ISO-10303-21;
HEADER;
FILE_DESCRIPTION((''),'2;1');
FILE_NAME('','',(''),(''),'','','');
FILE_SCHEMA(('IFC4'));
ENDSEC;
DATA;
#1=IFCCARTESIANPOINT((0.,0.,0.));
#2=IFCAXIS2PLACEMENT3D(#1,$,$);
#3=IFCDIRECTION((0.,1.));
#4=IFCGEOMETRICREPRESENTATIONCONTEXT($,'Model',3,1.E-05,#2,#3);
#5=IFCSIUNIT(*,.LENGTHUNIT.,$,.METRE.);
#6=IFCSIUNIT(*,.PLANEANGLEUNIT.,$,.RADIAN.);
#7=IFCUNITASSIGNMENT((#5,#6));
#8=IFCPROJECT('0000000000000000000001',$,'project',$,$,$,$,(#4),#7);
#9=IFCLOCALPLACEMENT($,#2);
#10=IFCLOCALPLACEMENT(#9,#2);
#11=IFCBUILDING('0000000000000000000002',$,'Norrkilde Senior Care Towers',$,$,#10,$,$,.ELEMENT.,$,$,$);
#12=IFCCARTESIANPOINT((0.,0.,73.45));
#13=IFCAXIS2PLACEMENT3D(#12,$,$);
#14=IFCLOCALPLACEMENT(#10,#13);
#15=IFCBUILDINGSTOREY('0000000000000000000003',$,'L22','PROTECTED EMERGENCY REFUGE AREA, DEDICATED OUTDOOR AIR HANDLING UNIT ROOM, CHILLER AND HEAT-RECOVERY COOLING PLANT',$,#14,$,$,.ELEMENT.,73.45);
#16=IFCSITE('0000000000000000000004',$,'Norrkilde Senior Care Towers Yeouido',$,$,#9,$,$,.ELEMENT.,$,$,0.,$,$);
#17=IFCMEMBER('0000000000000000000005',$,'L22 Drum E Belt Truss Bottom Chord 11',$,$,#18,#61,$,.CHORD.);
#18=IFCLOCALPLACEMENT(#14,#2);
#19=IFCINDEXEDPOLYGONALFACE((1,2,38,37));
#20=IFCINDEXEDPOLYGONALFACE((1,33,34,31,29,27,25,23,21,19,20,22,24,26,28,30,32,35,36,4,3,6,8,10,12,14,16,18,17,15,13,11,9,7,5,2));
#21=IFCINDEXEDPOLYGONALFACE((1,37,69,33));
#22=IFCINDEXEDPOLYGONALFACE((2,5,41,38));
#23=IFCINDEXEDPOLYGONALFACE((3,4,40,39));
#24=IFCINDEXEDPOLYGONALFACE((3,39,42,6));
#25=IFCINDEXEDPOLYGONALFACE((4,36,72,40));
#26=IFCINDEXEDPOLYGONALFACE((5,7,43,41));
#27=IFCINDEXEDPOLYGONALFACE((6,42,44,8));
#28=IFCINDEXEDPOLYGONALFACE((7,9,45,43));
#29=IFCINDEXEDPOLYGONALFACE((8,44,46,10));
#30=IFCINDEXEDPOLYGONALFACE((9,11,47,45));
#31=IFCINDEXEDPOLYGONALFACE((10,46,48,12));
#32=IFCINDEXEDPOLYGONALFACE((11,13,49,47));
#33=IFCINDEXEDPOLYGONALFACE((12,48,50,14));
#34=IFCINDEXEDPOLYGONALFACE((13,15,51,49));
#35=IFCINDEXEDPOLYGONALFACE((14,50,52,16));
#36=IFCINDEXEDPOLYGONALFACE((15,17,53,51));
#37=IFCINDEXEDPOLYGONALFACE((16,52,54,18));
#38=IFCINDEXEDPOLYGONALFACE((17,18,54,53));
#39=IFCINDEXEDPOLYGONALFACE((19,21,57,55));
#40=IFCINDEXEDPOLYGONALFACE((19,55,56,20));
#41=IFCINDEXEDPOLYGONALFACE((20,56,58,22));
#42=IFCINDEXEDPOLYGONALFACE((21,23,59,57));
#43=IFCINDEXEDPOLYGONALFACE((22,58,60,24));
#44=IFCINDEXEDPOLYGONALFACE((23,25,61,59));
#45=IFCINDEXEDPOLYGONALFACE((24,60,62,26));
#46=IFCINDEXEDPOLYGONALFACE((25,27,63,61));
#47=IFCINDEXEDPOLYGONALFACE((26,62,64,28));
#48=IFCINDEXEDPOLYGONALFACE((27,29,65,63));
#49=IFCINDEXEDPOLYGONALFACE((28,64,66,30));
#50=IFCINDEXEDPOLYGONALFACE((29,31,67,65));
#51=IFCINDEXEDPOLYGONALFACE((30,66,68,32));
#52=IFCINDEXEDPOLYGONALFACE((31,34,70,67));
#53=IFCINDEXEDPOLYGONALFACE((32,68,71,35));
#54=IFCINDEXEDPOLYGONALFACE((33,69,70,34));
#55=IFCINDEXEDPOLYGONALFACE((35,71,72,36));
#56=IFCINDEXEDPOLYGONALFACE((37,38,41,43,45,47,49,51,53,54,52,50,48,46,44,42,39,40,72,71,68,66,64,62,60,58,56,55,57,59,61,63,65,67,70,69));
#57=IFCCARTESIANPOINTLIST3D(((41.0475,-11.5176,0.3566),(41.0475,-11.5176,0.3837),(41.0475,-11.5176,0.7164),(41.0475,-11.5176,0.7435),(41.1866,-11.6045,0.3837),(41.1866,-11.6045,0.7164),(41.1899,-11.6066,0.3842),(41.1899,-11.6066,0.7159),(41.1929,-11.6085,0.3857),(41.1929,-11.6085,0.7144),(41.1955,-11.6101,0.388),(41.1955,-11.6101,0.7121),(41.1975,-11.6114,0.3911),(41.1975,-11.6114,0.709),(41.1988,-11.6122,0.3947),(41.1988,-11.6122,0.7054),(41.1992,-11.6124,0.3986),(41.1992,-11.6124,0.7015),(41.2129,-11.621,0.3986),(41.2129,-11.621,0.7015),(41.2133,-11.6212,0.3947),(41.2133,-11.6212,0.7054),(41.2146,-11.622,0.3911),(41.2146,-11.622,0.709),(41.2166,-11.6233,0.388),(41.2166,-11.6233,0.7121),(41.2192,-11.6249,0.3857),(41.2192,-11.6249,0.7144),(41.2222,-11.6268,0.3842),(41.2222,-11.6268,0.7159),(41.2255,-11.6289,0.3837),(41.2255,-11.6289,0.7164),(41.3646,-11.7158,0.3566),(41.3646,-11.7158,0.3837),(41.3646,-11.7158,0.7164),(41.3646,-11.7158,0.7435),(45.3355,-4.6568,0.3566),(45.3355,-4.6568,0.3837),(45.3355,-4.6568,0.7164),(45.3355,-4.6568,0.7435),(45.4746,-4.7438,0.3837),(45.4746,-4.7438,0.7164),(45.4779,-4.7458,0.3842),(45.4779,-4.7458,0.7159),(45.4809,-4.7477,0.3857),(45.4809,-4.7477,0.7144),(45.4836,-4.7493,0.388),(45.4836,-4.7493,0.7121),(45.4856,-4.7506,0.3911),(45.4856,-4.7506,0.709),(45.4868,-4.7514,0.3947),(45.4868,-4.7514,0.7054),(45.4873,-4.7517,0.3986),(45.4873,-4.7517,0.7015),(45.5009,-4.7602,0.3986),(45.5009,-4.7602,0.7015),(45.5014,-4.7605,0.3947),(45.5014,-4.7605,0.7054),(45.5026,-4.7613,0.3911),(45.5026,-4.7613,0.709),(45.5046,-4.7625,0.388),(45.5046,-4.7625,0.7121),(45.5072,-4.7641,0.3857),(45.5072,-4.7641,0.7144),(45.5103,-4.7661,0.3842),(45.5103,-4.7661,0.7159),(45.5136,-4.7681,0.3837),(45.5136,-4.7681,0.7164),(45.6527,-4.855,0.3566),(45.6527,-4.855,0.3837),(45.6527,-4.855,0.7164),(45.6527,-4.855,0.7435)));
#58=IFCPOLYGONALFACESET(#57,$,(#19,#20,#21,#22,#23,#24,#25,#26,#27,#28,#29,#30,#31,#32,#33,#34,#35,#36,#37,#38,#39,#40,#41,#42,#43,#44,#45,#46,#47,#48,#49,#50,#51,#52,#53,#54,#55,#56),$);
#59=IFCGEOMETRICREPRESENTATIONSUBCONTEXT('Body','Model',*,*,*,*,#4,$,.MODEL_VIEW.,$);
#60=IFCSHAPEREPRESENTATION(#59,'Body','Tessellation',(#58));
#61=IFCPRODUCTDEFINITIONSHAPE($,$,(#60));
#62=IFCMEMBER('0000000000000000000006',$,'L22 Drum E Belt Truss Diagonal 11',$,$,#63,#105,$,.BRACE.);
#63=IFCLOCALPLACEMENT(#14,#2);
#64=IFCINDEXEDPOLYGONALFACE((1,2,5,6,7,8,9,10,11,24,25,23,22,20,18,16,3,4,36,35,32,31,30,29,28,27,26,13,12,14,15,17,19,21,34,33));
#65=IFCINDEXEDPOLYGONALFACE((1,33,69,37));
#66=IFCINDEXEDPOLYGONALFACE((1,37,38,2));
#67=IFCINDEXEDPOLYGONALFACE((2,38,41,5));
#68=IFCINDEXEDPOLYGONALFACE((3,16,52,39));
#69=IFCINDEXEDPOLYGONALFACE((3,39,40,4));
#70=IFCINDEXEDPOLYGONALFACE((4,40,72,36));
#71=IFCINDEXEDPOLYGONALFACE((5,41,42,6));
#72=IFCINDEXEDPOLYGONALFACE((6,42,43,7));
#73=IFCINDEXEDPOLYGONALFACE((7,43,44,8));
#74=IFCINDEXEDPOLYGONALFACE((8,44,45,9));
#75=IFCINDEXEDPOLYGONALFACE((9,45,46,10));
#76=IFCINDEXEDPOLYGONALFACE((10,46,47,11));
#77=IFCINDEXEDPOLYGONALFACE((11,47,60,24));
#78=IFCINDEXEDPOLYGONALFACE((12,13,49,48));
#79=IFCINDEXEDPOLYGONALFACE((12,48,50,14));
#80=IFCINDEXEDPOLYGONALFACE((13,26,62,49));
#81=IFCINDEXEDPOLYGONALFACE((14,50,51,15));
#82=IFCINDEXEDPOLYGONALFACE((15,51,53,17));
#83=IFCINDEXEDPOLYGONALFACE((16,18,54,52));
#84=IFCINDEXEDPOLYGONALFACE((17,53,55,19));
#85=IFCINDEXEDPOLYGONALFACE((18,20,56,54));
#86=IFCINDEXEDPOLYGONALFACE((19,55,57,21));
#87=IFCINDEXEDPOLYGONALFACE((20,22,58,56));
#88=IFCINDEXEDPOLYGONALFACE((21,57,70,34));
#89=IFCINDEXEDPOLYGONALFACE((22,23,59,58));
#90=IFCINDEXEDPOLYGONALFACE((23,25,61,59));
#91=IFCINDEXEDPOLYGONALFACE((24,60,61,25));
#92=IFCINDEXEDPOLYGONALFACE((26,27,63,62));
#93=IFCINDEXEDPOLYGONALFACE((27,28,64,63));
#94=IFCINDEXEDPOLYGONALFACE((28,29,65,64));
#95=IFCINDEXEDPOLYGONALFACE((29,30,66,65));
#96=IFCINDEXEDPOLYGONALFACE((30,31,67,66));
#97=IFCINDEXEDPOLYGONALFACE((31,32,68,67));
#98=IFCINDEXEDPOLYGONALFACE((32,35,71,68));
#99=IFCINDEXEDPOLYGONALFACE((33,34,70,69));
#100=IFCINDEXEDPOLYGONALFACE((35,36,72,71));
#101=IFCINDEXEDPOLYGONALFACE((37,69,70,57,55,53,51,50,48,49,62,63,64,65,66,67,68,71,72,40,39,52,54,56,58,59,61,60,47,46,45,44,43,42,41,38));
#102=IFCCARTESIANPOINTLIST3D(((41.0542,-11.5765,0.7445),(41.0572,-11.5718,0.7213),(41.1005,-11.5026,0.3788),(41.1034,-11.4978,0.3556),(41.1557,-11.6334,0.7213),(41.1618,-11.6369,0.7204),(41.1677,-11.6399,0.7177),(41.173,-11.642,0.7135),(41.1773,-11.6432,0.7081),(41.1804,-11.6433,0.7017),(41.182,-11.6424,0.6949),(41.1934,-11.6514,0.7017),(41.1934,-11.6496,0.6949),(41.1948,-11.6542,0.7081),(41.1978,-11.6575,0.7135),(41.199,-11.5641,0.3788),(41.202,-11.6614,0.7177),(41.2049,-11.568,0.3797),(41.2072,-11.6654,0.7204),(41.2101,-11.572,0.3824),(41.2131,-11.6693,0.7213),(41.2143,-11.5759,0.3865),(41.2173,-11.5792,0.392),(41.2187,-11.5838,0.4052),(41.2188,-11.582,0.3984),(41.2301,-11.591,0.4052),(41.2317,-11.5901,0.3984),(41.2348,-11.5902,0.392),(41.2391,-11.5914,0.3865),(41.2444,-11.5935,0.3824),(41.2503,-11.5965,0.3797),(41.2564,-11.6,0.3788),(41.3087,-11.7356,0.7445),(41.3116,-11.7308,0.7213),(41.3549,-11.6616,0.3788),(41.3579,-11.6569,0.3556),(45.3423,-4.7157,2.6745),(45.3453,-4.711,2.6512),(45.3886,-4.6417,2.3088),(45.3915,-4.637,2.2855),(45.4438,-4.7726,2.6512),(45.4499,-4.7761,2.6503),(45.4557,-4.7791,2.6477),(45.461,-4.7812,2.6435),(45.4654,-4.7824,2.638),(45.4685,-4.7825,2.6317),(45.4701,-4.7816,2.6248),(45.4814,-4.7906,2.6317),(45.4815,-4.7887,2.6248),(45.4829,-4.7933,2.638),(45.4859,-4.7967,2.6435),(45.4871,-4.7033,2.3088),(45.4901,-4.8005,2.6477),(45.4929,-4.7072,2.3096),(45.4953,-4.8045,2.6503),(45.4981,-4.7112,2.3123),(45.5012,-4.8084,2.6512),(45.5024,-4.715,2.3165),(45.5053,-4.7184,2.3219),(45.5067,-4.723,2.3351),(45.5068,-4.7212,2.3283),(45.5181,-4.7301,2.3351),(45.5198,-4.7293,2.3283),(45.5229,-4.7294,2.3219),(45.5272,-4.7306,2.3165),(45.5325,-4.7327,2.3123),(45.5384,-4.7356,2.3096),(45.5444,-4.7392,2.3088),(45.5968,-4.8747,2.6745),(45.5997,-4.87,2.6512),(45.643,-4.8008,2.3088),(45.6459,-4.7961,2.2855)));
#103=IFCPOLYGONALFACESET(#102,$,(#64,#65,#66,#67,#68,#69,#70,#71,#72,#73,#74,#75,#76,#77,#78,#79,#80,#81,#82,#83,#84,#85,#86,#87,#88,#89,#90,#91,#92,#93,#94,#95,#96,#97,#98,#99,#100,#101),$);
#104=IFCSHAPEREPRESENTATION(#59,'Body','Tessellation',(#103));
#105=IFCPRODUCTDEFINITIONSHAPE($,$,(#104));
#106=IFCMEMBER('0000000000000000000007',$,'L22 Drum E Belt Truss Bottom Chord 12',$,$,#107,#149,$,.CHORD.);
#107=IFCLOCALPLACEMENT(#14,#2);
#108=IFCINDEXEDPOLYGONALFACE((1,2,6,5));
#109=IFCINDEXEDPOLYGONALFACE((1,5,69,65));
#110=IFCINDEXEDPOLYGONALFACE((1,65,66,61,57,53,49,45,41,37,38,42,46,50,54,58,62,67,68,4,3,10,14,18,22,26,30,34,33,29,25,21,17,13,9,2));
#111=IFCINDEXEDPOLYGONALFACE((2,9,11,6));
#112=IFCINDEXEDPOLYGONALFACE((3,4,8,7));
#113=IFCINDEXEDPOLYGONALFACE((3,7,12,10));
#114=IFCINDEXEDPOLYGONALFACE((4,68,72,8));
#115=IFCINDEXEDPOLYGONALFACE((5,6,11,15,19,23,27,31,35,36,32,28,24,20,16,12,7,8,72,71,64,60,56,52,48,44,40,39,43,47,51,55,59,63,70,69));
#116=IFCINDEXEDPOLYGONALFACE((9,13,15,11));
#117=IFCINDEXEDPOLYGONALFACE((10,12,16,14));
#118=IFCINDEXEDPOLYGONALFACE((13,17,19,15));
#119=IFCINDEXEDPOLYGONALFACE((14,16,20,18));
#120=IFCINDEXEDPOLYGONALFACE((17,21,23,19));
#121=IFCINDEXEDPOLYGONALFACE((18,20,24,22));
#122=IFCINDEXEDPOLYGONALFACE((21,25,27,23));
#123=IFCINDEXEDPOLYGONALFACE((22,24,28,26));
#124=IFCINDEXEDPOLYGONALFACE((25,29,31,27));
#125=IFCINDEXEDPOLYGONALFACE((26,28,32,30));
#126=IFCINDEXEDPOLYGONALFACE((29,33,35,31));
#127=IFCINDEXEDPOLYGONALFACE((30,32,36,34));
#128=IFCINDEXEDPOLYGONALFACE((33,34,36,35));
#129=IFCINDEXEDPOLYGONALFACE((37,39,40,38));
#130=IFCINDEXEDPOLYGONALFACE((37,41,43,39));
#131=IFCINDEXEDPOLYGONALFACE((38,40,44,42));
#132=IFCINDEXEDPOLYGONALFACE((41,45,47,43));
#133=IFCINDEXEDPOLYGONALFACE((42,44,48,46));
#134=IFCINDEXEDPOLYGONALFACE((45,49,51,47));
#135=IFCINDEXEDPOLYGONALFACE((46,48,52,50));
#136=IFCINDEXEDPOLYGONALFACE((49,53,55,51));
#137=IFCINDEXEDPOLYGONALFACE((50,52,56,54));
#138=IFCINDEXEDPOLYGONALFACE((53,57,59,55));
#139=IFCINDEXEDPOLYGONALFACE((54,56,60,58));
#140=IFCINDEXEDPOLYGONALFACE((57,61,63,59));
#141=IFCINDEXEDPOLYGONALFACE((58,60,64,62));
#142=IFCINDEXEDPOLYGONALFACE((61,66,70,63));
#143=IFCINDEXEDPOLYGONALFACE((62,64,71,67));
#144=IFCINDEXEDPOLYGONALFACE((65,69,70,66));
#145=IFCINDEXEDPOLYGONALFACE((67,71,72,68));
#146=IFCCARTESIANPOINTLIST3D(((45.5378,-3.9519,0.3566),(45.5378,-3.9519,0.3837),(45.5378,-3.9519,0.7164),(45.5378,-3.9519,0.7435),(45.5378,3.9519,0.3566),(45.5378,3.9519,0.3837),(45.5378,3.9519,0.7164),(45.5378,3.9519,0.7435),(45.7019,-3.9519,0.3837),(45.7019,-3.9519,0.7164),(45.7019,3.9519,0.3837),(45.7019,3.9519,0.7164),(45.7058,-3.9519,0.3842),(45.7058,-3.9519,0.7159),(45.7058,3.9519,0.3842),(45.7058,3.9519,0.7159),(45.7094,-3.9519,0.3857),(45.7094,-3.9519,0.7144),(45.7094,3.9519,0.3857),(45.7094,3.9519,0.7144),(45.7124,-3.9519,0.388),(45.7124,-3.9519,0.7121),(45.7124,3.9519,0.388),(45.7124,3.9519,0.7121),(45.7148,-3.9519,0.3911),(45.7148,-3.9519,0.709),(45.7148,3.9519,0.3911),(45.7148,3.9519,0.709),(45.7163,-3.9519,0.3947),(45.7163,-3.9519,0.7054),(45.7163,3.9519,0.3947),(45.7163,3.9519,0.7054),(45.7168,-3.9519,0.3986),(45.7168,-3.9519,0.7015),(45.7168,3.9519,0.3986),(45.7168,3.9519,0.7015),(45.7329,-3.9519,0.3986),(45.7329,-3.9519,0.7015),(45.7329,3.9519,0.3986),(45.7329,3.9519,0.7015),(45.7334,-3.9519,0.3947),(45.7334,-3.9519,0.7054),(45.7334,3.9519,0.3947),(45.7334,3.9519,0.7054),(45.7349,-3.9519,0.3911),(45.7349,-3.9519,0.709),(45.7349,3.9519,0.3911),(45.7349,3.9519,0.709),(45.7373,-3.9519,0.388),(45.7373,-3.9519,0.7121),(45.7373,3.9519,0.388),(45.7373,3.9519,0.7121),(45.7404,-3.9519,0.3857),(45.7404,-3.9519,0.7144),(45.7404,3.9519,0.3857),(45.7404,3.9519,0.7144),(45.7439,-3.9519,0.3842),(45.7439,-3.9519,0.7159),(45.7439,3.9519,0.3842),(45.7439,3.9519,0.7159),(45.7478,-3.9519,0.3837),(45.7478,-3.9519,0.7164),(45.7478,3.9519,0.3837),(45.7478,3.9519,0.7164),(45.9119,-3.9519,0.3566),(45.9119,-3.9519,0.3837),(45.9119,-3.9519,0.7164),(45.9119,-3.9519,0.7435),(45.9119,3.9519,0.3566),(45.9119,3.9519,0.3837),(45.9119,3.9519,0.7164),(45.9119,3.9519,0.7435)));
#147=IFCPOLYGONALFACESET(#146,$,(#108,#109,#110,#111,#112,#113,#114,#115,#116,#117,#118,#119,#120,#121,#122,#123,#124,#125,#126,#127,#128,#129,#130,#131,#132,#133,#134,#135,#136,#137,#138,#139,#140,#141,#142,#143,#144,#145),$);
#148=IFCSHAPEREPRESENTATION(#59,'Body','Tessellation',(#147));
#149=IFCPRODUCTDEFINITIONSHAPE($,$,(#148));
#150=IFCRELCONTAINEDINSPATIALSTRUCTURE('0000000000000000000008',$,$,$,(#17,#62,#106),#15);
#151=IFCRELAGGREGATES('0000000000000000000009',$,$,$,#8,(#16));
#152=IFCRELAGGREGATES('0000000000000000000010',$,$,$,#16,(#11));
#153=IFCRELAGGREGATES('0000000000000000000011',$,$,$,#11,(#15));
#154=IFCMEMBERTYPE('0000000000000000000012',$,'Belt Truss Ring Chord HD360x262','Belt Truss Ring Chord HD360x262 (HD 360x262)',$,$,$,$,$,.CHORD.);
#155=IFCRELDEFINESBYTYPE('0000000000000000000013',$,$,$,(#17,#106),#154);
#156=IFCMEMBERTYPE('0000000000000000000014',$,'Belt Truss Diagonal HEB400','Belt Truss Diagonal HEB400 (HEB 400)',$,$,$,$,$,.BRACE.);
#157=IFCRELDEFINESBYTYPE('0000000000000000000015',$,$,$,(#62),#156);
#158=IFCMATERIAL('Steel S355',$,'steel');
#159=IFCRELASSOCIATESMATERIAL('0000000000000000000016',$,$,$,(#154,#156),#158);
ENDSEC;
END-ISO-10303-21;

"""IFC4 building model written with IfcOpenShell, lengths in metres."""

from ifc_helpers import new_model, si_unit, direction, frame, origin, origin_2d, place, context, subcontext, project, spatial, i_section, extrude, source, transform, mapped, material, material_profile, profile_set, type_object, type_shapes, element, save


model = new_model("IFC4")

# Units and contexts
model_context = context("Model", 3, precision=1e-05, world=origin(), true_north=direction((0.0, 1.0)))
body_context = subcontext(model_context, "Body", "Model", "MODEL_VIEW")
ifc_project = project(units=[si_unit("LENGTHUNIT", "METRE"), si_unit("PLANEANGLEUNIT", "RADIAN")], contexts=[model_context])

# Site, building, storey
site_placement = place(None, origin())
site = spatial("IfcSite", under=ifc_project, at=site_placement, Name="Norrkilde Senior Care Towers Yeouido", CompositionType="ELEMENT", RefElevation=0.0)
building_placement = place(site_placement, origin())
building = spatial("IfcBuilding", under=site, at=building_placement, Name="Norrkilde Senior Care Towers", CompositionType="ELEMENT")
storey_placement = place(building_placement, frame((0.0, 0.0, 73.45)))
storey = spatial("IfcBuildingStorey", under=building, at=storey_placement, Name="L22", Description="PROTECTED EMERGENCY REFUGE AREA, DEDICATED OUTDOOR AIR HANDLING UNIT ROOM, CHILLER AND HEAT-RECOVERY COOLING PLANT", CompositionType="ELEMENT", Elevation=73.45)

# Members
ifc_material_1 = material(Name="Steel S355", Category="steel")
ifc_material_profile_1 = material_profile(ifc_material_1, i_section(OverallWidth=0.374, OverallDepth=0.387, WebThickness=0.0161, FlangeThickness=0.0271, FilletRadius=0.0149, at=origin_2d()), Name="HD 360x262")
ifc_profile_set_1 = profile_set([ifc_material_profile_1], Name="Steel S355")
member_type_1 = type_object("IfcMemberType", Name="Belt Truss Ring Chord HD360x262", Description="Belt Truss Ring Chord HD360x262 (HD 360x262)", PredefinedType="CHORD", material=ifc_profile_set_1)
shared_shape_1 = source(origin(), body_context, "Body", "SweptSolid", [
    extrude(i_section(OverallWidth=0.374, OverallDepth=0.387, WebThickness=0.0161, FlangeThickness=0.0271, FilletRadius=0.0149, at=origin_2d()), origin(), (0.0, 0.0, 1.0), 8.0906),
])
member_1_placement = place(storey_placement, frame((41.2061, -11.6167, 0.55), z_axis=(0.530004, 0.847995, 0.0), x_axis=(-0.847995, 0.530004, 0.0)))
element("IfcMember", 1, at=member_1_placement, inside=storey, type_object=member_type_1, Name="L22 Drum E Belt Truss Bottom Chord 11", PredefinedType="CHORD", context=body_context, shape_type="MappedRepresentation", body=[
    mapped(shared_shape_1, transform((0.0, 0.0, 0.0), x_axis=(1.0, 0.0, 0.0), y_axis=(0.0, 1.0, 0.0), z_axis=(0.0, 0.0, 1.0), scale=1.0)),
])
ifc_material_profile_2 = material_profile(ifc_material_1, i_section(OverallWidth=0.3, OverallDepth=0.3999, WebThickness=0.0134, FlangeThickness=0.0239, FilletRadius=0.0271, at=origin_2d()), Name="HEB 400")
ifc_profile_set_2 = profile_set([ifc_material_profile_2], Name="Steel S355")
member_type_2 = type_object("IfcMemberType", Name="Belt Truss Diagonal HEB400", Description="Belt Truss Diagonal HEB400 (HEB 400)", PredefinedType="BRACE", material=ifc_profile_set_2)
shared_shape_2 = source(origin(), body_context, "Body", "SweptSolid", [
    extrude(i_section(OverallWidth=0.3, OverallDepth=0.3999, WebThickness=0.0134, FlangeThickness=0.0239, FilletRadius=0.0271, at=origin_2d()), origin(), (0.0, 0.0, 1.0), 8.3176),
])
member_2_placement = place(storey_placement, frame((41.2061, -11.6167, 0.55), z_axis=(0.51554, 0.824852, 0.232028), x_axis=(-0.847995, 0.530004, 0.0)))
element("IfcMember", 2, at=member_2_placement, inside=storey, type_object=member_type_2, Name="L22 Drum E Belt Truss Diagonal 11", PredefinedType="BRACE", context=body_context, shape_type="MappedRepresentation", body=[
    mapped(shared_shape_2, transform((0.0, 0.0, 0.0), x_axis=(1.0, 0.0, 0.0), y_axis=(0.0, 1.0, 0.0), z_axis=(0.0, 0.0, 1.0), scale=1.0)),
])
shared_shape_3 = source(origin(), body_context, "Body", "SweptSolid", [
    extrude(i_section(OverallWidth=0.374, OverallDepth=0.387, WebThickness=0.0161, FlangeThickness=0.0271, FilletRadius=0.0149, at=origin_2d()), origin(), (0.0, 0.0, 1.0), 7.9038),
])
type_shapes(member_type_1, [shared_shape_1, shared_shape_3])
member_3_placement = place(storey_placement, frame((45.7249, -3.9519, 0.55), z_axis=(0.0, 1.0, 0.0), x_axis=(-1.0, 0.0, 0.0)))
element("IfcMember", 3, at=member_3_placement, inside=storey, type_object=member_type_1, Name="L22 Drum E Belt Truss Bottom Chord 12", PredefinedType="CHORD", context=body_context, shape_type="MappedRepresentation", body=[
    mapped(shared_shape_3, transform((0.0, 0.0, 0.0), x_axis=(1.0, 0.0, 0.0), y_axis=(0.0, 1.0, 0.0), z_axis=(0.0, 0.0, 1.0), scale=1.0)),
])

save(model, "model.ifc")
